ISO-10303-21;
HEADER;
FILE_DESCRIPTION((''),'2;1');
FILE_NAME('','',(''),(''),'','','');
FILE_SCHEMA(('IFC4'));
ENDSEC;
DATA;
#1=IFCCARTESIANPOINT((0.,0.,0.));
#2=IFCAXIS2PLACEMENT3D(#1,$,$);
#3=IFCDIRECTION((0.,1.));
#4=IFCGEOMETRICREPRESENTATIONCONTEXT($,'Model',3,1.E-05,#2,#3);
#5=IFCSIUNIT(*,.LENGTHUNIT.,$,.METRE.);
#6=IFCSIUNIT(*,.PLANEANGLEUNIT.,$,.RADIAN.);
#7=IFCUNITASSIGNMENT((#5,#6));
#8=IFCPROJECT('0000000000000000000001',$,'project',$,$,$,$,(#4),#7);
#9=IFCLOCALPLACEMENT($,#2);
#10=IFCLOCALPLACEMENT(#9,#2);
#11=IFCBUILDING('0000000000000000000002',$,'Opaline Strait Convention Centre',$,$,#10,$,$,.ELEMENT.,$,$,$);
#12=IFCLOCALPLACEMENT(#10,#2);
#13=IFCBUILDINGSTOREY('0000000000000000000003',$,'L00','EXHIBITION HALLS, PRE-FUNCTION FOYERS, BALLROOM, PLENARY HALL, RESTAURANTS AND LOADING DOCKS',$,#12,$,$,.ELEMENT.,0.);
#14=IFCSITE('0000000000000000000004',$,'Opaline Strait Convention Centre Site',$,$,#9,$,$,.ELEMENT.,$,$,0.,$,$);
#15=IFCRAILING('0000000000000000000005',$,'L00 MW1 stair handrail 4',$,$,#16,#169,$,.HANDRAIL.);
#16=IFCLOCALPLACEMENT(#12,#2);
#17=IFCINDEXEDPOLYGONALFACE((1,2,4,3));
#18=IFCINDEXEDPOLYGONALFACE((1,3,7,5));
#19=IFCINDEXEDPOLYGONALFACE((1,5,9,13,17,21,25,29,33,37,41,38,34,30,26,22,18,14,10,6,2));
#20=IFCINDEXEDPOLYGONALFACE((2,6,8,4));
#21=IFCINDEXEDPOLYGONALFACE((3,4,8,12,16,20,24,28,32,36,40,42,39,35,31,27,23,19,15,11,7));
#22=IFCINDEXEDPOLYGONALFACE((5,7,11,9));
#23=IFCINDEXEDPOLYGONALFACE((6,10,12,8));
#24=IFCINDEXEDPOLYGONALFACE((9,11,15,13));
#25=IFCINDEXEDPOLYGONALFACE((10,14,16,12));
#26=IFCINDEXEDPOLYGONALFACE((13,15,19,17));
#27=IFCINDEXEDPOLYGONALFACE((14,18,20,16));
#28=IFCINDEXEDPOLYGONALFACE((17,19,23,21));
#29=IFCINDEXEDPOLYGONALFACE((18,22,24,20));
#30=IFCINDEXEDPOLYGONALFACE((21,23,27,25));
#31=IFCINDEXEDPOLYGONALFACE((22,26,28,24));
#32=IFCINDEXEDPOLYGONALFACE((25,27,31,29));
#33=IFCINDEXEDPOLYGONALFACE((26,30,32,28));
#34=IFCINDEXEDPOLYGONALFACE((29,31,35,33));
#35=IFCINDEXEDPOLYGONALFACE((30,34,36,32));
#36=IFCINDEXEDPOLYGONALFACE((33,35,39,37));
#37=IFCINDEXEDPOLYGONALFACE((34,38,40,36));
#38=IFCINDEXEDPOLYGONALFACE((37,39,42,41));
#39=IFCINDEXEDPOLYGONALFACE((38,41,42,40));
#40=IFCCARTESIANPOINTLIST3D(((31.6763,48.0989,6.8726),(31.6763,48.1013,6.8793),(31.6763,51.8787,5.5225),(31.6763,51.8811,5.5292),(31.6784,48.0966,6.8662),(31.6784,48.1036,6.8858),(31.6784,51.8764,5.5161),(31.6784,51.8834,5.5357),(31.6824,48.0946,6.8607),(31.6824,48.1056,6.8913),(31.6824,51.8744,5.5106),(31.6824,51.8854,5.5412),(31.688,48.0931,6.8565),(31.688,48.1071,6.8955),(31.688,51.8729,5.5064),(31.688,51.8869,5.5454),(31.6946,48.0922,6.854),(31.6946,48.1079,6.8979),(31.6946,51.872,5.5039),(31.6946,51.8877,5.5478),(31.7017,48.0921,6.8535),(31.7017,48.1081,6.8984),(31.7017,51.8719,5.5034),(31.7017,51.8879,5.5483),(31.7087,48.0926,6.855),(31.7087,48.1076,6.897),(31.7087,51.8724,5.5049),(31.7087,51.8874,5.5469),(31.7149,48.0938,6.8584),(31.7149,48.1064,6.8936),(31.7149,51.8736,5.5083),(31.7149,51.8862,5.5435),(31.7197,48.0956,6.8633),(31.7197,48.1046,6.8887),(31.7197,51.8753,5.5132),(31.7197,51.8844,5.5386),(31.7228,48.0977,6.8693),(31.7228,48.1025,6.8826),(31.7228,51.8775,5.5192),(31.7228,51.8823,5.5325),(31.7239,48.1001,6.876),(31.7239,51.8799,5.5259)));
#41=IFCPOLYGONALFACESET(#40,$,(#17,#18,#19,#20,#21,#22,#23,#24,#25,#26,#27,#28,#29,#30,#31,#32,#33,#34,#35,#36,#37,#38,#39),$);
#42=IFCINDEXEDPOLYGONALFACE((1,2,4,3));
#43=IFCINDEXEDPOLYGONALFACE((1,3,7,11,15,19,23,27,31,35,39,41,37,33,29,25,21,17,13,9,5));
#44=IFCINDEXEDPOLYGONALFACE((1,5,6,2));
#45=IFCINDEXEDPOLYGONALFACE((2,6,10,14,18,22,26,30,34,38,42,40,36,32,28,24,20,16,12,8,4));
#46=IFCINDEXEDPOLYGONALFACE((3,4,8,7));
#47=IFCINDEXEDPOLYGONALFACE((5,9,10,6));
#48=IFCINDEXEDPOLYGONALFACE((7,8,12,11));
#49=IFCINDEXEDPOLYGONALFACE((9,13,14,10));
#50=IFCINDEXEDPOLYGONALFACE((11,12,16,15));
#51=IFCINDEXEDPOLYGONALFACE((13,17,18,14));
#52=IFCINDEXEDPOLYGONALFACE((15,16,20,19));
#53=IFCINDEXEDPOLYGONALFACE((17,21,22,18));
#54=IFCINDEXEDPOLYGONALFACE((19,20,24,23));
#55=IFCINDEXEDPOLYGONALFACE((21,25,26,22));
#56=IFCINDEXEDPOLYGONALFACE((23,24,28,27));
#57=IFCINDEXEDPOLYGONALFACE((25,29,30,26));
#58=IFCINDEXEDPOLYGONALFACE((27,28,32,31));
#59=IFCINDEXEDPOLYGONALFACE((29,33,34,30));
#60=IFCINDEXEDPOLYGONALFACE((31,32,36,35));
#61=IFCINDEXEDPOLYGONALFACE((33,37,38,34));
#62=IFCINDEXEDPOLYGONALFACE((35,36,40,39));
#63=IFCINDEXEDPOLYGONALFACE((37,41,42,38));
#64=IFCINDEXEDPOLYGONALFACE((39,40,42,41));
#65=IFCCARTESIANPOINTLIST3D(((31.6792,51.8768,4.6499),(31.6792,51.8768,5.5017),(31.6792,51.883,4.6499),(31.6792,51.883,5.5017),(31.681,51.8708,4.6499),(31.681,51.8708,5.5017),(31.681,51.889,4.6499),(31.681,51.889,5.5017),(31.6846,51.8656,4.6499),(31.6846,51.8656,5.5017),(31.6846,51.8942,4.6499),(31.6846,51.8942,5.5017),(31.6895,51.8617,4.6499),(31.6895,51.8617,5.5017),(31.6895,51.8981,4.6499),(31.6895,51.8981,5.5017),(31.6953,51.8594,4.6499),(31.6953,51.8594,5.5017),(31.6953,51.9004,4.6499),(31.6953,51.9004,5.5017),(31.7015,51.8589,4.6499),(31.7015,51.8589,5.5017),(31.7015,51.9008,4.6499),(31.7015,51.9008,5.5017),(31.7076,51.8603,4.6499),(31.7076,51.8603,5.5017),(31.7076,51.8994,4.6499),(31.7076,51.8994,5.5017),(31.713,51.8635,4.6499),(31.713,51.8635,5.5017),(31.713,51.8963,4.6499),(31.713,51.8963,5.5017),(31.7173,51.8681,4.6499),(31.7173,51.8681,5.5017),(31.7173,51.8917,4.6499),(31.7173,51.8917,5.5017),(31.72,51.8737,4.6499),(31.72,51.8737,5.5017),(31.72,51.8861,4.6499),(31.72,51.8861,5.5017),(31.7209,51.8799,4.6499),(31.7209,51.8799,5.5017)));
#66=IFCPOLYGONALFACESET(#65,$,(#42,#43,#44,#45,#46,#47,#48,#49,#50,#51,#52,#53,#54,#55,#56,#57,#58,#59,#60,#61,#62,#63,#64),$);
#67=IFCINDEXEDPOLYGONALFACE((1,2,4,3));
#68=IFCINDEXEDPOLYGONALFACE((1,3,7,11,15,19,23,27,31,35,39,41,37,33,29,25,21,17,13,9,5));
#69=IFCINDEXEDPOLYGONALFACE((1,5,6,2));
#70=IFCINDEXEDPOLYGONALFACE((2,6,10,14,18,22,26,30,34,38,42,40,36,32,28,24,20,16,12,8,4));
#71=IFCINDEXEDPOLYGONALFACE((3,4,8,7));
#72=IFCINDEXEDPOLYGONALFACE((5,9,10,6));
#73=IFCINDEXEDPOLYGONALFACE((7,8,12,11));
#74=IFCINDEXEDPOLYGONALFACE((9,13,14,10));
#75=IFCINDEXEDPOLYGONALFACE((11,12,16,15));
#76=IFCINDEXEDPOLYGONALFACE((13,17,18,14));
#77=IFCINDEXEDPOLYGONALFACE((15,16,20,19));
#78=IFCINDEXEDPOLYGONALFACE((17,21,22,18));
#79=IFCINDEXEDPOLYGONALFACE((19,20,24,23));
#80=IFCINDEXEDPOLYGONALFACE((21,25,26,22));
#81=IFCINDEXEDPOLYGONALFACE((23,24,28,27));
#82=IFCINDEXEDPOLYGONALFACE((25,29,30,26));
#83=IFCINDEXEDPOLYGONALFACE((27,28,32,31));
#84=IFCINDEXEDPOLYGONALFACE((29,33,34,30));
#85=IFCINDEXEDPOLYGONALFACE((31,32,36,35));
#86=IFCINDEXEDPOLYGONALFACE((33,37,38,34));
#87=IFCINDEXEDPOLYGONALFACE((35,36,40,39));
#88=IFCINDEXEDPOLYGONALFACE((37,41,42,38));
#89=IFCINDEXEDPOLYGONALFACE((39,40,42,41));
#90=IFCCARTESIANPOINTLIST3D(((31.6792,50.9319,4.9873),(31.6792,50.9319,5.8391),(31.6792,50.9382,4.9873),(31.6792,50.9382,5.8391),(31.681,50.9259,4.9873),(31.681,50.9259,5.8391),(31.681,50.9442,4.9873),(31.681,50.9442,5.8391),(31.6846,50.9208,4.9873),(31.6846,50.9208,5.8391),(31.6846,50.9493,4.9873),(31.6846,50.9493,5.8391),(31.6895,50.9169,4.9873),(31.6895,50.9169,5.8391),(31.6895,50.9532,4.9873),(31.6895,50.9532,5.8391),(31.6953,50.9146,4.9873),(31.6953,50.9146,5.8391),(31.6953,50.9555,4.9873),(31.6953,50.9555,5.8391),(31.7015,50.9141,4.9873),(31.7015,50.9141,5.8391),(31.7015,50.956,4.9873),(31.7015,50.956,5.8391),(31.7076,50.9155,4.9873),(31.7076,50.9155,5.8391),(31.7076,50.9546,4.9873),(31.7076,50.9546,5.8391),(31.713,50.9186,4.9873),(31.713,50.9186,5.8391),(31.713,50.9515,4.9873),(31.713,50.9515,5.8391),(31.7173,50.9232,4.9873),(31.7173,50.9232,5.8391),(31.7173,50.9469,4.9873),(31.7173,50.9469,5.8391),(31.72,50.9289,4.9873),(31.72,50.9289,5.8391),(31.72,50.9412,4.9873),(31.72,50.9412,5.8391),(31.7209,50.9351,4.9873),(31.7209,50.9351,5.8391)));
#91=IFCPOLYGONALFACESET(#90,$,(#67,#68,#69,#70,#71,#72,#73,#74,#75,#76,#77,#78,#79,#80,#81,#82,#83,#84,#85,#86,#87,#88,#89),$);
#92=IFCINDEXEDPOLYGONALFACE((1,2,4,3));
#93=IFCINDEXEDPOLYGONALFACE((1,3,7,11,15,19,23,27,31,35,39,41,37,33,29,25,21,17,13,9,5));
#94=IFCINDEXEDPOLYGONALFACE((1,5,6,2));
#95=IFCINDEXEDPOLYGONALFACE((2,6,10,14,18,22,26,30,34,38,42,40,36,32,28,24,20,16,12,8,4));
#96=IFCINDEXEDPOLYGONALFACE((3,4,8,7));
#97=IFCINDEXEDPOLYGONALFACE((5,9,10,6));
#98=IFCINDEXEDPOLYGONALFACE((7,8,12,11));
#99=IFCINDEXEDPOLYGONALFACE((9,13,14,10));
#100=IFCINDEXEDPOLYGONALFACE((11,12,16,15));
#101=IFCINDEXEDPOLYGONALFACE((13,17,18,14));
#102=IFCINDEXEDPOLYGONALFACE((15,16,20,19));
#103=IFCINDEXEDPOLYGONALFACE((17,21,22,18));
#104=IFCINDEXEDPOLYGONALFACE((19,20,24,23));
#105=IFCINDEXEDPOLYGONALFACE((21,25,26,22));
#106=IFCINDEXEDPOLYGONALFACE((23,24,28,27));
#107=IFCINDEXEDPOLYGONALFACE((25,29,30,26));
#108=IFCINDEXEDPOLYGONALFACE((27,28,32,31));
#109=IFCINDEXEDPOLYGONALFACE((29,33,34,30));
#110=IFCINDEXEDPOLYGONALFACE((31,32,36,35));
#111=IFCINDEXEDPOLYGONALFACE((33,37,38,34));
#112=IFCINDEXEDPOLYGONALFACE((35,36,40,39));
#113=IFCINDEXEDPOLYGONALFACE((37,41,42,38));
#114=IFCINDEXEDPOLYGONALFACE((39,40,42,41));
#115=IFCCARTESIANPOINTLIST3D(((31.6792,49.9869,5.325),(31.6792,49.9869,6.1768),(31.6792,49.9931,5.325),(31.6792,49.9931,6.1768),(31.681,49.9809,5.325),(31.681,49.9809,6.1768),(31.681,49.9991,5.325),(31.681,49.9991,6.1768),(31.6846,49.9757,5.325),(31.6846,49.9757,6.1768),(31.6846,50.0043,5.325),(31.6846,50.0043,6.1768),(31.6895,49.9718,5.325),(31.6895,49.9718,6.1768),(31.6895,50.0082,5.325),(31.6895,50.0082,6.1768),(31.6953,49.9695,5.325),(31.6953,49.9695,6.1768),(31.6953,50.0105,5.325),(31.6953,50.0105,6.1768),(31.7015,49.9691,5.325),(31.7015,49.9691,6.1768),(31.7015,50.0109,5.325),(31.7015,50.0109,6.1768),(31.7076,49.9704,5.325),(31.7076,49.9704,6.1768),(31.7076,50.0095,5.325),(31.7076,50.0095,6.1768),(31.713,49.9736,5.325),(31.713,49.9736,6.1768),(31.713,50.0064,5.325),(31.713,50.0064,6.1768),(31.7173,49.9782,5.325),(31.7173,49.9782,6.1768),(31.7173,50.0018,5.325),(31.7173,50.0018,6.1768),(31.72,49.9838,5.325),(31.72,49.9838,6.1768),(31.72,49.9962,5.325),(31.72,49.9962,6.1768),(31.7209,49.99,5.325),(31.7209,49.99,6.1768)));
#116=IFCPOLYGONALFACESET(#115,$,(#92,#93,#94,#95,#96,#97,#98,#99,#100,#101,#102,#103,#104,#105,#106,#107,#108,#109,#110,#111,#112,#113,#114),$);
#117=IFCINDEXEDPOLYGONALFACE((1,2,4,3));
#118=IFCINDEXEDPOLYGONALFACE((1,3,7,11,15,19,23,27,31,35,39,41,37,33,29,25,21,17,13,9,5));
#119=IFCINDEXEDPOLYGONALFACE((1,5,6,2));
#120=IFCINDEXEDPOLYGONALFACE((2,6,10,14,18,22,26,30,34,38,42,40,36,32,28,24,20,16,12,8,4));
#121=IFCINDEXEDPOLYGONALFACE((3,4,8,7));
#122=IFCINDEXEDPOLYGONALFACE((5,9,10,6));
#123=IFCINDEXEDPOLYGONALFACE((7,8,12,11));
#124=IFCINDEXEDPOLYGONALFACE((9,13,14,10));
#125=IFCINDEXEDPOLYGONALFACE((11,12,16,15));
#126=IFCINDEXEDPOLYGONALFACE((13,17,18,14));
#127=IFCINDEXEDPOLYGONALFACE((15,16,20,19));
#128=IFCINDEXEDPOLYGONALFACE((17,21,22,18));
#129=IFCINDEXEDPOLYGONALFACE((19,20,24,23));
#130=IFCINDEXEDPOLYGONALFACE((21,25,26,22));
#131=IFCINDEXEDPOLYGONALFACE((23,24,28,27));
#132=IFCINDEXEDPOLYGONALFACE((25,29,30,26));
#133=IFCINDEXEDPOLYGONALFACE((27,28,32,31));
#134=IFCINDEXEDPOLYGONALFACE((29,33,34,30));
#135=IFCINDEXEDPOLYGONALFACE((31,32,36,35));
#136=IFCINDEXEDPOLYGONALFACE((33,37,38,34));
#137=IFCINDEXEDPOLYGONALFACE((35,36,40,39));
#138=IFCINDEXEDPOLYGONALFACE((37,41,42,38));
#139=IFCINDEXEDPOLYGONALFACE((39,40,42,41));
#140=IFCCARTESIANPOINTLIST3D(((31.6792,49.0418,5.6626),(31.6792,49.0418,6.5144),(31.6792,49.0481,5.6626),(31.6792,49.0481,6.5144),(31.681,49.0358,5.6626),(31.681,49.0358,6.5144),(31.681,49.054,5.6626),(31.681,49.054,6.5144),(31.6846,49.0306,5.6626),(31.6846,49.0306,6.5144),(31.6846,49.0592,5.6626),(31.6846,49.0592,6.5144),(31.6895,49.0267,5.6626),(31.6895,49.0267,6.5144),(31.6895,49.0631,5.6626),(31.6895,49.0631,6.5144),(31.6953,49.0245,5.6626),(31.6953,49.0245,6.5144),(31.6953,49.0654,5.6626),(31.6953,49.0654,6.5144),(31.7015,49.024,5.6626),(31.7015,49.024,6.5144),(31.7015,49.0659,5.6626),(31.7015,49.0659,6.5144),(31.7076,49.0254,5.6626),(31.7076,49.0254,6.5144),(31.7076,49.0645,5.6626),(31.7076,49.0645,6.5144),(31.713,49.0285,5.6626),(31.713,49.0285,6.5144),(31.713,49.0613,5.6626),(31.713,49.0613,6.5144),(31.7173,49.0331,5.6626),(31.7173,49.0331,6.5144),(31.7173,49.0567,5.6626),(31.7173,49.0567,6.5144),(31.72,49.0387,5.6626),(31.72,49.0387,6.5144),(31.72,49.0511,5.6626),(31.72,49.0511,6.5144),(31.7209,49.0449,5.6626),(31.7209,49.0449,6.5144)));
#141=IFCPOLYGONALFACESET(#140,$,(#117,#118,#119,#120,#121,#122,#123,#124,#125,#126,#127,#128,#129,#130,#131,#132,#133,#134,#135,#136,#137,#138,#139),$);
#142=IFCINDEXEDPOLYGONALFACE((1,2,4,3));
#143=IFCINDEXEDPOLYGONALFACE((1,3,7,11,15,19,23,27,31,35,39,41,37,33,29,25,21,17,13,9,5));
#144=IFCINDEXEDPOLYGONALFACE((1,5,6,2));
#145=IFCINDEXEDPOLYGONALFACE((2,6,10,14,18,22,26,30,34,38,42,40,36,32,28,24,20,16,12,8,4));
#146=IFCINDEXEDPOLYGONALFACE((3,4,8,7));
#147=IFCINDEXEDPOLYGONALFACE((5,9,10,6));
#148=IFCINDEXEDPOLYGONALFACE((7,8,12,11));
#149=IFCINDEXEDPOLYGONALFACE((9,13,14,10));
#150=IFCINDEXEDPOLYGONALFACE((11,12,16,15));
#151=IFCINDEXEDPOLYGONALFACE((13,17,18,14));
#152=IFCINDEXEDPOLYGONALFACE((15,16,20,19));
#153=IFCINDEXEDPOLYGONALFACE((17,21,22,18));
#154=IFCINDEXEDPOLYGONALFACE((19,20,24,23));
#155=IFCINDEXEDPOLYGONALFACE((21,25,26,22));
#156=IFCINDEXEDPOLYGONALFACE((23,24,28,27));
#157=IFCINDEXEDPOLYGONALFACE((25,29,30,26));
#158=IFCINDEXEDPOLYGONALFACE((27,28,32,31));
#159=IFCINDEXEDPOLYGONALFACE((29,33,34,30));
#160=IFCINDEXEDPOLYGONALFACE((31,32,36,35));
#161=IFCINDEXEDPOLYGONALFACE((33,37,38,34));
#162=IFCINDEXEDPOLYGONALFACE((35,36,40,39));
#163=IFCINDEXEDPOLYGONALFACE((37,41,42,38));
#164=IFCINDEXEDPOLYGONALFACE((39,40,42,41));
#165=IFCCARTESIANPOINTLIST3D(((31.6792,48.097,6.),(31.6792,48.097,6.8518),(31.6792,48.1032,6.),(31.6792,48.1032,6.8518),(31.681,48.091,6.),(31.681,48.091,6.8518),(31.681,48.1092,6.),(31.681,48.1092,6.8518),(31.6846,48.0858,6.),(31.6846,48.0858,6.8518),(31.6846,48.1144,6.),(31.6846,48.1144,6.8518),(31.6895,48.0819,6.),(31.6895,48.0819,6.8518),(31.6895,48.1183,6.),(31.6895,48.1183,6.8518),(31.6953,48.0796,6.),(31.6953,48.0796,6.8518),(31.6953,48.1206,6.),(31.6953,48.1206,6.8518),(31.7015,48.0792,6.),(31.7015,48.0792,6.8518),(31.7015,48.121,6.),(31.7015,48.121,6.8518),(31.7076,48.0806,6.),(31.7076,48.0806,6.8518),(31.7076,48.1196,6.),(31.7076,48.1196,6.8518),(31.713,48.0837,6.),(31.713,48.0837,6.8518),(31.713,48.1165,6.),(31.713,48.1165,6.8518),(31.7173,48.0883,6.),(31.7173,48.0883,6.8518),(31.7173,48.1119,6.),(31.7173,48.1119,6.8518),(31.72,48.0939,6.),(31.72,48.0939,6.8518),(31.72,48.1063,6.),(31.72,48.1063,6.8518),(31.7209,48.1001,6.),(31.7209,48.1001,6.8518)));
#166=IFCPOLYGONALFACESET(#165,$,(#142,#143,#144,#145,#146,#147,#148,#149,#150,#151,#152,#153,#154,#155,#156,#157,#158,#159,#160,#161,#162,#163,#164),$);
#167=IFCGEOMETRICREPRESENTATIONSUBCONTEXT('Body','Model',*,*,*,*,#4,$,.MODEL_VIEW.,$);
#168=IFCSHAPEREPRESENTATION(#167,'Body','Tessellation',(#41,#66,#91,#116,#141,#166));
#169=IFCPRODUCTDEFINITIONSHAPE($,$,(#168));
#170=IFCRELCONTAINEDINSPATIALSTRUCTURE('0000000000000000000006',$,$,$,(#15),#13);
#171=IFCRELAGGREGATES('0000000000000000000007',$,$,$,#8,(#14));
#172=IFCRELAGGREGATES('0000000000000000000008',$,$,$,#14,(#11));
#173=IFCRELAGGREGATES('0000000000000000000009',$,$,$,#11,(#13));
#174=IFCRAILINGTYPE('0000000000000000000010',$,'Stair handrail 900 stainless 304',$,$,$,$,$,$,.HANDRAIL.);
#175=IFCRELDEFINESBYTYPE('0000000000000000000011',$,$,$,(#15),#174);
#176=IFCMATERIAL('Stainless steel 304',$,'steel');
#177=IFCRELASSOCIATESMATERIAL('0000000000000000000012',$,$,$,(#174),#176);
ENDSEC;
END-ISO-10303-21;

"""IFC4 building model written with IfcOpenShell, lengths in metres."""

from ifc_helpers import new_model, si_unit, direction, frame, origin, origin_2d, place, context, subcontext, project, spatial, circle, extrude, material, type_object, element, save


model = new_model("IFC4")

# Units and contexts
model_context = context("Model", 3, precision=1e-05, world=origin(), true_north=direction((0.0, 1.0)))
body_context = subcontext(model_context, "Body", "Model", "MODEL_VIEW")
ifc_project = project(units=[si_unit("LENGTHUNIT", "METRE"), si_unit("PLANEANGLEUNIT", "RADIAN")], contexts=[model_context])

# Site, building, storey
site_placement = place(None, origin())
site = spatial("IfcSite", under=ifc_project, at=site_placement, Name="Opaline Strait Convention Centre Site", CompositionType="ELEMENT", RefElevation=0.0)
building_placement = place(site_placement, origin())
building = spatial("IfcBuilding", under=site, at=building_placement, Name="Opaline Strait Convention Centre", CompositionType="ELEMENT")
storey_placement = place(building_placement, origin())
storey = spatial("IfcBuildingStorey", under=building, at=storey_placement, Name="L00", Description="EXHIBITION HALLS, PRE-FUNCTION FOYERS, BALLROOM, PLENARY HALL, RESTAURANTS AND LOADING DOCKS", CompositionType="ELEMENT", Elevation=0.0)

# Railing
ifc_material_1 = material(Name="Stainless steel 304", Category="steel")
railing_type_1 = type_object("IfcRailingType", Name="Stair handrail 900 stainless 304", PredefinedType="HANDRAIL", material=ifc_material_1)
for number, where, name in (
    (1, (31.7, 51.8799, 4.6499), "L00 MW1 stair handrail 4"),
):
    element("IfcRailing", number, at=place(storey_placement, frame(where)), inside=storey, type_object=railing_type_1, Name=name, PredefinedType="HANDRAIL", context=body_context, shape_type="SweptSolid", body=[
        extrude(circle(Radius=0.0239, at=origin_2d()), frame((0.0, 0.0, 0.876), z_axis=(0.0, -0.941728, 0.336375), x_axis=(1.0, 0.0, 0.0)), (0.0, 0.0, 1.0), 4.0137),
        extrude(circle(Radius=0.021, at=origin_2d()), origin(), (0.0, 0.0, 1.0), 0.8518),
        extrude(circle(Radius=0.021, at=origin_2d()), frame((0.0, -0.9448, 0.3374)), (0.0, 0.0, 1.0), 0.8518),
        extrude(circle(Radius=0.021, at=origin_2d()), frame((0.0, -1.8899, 0.675)), (0.0, 0.0, 1.0), 0.8518),
        extrude(circle(Radius=0.021, at=origin_2d()), frame((0.0, -2.835, 1.0127)), (0.0, 0.0, 1.0), 0.8518),
        extrude(circle(Radius=0.021, at=origin_2d()), frame((0.0, -3.7798, 1.3501)), (0.0, 0.0, 1.0), 0.8518),
    ])

save(model, "model.ifc")
